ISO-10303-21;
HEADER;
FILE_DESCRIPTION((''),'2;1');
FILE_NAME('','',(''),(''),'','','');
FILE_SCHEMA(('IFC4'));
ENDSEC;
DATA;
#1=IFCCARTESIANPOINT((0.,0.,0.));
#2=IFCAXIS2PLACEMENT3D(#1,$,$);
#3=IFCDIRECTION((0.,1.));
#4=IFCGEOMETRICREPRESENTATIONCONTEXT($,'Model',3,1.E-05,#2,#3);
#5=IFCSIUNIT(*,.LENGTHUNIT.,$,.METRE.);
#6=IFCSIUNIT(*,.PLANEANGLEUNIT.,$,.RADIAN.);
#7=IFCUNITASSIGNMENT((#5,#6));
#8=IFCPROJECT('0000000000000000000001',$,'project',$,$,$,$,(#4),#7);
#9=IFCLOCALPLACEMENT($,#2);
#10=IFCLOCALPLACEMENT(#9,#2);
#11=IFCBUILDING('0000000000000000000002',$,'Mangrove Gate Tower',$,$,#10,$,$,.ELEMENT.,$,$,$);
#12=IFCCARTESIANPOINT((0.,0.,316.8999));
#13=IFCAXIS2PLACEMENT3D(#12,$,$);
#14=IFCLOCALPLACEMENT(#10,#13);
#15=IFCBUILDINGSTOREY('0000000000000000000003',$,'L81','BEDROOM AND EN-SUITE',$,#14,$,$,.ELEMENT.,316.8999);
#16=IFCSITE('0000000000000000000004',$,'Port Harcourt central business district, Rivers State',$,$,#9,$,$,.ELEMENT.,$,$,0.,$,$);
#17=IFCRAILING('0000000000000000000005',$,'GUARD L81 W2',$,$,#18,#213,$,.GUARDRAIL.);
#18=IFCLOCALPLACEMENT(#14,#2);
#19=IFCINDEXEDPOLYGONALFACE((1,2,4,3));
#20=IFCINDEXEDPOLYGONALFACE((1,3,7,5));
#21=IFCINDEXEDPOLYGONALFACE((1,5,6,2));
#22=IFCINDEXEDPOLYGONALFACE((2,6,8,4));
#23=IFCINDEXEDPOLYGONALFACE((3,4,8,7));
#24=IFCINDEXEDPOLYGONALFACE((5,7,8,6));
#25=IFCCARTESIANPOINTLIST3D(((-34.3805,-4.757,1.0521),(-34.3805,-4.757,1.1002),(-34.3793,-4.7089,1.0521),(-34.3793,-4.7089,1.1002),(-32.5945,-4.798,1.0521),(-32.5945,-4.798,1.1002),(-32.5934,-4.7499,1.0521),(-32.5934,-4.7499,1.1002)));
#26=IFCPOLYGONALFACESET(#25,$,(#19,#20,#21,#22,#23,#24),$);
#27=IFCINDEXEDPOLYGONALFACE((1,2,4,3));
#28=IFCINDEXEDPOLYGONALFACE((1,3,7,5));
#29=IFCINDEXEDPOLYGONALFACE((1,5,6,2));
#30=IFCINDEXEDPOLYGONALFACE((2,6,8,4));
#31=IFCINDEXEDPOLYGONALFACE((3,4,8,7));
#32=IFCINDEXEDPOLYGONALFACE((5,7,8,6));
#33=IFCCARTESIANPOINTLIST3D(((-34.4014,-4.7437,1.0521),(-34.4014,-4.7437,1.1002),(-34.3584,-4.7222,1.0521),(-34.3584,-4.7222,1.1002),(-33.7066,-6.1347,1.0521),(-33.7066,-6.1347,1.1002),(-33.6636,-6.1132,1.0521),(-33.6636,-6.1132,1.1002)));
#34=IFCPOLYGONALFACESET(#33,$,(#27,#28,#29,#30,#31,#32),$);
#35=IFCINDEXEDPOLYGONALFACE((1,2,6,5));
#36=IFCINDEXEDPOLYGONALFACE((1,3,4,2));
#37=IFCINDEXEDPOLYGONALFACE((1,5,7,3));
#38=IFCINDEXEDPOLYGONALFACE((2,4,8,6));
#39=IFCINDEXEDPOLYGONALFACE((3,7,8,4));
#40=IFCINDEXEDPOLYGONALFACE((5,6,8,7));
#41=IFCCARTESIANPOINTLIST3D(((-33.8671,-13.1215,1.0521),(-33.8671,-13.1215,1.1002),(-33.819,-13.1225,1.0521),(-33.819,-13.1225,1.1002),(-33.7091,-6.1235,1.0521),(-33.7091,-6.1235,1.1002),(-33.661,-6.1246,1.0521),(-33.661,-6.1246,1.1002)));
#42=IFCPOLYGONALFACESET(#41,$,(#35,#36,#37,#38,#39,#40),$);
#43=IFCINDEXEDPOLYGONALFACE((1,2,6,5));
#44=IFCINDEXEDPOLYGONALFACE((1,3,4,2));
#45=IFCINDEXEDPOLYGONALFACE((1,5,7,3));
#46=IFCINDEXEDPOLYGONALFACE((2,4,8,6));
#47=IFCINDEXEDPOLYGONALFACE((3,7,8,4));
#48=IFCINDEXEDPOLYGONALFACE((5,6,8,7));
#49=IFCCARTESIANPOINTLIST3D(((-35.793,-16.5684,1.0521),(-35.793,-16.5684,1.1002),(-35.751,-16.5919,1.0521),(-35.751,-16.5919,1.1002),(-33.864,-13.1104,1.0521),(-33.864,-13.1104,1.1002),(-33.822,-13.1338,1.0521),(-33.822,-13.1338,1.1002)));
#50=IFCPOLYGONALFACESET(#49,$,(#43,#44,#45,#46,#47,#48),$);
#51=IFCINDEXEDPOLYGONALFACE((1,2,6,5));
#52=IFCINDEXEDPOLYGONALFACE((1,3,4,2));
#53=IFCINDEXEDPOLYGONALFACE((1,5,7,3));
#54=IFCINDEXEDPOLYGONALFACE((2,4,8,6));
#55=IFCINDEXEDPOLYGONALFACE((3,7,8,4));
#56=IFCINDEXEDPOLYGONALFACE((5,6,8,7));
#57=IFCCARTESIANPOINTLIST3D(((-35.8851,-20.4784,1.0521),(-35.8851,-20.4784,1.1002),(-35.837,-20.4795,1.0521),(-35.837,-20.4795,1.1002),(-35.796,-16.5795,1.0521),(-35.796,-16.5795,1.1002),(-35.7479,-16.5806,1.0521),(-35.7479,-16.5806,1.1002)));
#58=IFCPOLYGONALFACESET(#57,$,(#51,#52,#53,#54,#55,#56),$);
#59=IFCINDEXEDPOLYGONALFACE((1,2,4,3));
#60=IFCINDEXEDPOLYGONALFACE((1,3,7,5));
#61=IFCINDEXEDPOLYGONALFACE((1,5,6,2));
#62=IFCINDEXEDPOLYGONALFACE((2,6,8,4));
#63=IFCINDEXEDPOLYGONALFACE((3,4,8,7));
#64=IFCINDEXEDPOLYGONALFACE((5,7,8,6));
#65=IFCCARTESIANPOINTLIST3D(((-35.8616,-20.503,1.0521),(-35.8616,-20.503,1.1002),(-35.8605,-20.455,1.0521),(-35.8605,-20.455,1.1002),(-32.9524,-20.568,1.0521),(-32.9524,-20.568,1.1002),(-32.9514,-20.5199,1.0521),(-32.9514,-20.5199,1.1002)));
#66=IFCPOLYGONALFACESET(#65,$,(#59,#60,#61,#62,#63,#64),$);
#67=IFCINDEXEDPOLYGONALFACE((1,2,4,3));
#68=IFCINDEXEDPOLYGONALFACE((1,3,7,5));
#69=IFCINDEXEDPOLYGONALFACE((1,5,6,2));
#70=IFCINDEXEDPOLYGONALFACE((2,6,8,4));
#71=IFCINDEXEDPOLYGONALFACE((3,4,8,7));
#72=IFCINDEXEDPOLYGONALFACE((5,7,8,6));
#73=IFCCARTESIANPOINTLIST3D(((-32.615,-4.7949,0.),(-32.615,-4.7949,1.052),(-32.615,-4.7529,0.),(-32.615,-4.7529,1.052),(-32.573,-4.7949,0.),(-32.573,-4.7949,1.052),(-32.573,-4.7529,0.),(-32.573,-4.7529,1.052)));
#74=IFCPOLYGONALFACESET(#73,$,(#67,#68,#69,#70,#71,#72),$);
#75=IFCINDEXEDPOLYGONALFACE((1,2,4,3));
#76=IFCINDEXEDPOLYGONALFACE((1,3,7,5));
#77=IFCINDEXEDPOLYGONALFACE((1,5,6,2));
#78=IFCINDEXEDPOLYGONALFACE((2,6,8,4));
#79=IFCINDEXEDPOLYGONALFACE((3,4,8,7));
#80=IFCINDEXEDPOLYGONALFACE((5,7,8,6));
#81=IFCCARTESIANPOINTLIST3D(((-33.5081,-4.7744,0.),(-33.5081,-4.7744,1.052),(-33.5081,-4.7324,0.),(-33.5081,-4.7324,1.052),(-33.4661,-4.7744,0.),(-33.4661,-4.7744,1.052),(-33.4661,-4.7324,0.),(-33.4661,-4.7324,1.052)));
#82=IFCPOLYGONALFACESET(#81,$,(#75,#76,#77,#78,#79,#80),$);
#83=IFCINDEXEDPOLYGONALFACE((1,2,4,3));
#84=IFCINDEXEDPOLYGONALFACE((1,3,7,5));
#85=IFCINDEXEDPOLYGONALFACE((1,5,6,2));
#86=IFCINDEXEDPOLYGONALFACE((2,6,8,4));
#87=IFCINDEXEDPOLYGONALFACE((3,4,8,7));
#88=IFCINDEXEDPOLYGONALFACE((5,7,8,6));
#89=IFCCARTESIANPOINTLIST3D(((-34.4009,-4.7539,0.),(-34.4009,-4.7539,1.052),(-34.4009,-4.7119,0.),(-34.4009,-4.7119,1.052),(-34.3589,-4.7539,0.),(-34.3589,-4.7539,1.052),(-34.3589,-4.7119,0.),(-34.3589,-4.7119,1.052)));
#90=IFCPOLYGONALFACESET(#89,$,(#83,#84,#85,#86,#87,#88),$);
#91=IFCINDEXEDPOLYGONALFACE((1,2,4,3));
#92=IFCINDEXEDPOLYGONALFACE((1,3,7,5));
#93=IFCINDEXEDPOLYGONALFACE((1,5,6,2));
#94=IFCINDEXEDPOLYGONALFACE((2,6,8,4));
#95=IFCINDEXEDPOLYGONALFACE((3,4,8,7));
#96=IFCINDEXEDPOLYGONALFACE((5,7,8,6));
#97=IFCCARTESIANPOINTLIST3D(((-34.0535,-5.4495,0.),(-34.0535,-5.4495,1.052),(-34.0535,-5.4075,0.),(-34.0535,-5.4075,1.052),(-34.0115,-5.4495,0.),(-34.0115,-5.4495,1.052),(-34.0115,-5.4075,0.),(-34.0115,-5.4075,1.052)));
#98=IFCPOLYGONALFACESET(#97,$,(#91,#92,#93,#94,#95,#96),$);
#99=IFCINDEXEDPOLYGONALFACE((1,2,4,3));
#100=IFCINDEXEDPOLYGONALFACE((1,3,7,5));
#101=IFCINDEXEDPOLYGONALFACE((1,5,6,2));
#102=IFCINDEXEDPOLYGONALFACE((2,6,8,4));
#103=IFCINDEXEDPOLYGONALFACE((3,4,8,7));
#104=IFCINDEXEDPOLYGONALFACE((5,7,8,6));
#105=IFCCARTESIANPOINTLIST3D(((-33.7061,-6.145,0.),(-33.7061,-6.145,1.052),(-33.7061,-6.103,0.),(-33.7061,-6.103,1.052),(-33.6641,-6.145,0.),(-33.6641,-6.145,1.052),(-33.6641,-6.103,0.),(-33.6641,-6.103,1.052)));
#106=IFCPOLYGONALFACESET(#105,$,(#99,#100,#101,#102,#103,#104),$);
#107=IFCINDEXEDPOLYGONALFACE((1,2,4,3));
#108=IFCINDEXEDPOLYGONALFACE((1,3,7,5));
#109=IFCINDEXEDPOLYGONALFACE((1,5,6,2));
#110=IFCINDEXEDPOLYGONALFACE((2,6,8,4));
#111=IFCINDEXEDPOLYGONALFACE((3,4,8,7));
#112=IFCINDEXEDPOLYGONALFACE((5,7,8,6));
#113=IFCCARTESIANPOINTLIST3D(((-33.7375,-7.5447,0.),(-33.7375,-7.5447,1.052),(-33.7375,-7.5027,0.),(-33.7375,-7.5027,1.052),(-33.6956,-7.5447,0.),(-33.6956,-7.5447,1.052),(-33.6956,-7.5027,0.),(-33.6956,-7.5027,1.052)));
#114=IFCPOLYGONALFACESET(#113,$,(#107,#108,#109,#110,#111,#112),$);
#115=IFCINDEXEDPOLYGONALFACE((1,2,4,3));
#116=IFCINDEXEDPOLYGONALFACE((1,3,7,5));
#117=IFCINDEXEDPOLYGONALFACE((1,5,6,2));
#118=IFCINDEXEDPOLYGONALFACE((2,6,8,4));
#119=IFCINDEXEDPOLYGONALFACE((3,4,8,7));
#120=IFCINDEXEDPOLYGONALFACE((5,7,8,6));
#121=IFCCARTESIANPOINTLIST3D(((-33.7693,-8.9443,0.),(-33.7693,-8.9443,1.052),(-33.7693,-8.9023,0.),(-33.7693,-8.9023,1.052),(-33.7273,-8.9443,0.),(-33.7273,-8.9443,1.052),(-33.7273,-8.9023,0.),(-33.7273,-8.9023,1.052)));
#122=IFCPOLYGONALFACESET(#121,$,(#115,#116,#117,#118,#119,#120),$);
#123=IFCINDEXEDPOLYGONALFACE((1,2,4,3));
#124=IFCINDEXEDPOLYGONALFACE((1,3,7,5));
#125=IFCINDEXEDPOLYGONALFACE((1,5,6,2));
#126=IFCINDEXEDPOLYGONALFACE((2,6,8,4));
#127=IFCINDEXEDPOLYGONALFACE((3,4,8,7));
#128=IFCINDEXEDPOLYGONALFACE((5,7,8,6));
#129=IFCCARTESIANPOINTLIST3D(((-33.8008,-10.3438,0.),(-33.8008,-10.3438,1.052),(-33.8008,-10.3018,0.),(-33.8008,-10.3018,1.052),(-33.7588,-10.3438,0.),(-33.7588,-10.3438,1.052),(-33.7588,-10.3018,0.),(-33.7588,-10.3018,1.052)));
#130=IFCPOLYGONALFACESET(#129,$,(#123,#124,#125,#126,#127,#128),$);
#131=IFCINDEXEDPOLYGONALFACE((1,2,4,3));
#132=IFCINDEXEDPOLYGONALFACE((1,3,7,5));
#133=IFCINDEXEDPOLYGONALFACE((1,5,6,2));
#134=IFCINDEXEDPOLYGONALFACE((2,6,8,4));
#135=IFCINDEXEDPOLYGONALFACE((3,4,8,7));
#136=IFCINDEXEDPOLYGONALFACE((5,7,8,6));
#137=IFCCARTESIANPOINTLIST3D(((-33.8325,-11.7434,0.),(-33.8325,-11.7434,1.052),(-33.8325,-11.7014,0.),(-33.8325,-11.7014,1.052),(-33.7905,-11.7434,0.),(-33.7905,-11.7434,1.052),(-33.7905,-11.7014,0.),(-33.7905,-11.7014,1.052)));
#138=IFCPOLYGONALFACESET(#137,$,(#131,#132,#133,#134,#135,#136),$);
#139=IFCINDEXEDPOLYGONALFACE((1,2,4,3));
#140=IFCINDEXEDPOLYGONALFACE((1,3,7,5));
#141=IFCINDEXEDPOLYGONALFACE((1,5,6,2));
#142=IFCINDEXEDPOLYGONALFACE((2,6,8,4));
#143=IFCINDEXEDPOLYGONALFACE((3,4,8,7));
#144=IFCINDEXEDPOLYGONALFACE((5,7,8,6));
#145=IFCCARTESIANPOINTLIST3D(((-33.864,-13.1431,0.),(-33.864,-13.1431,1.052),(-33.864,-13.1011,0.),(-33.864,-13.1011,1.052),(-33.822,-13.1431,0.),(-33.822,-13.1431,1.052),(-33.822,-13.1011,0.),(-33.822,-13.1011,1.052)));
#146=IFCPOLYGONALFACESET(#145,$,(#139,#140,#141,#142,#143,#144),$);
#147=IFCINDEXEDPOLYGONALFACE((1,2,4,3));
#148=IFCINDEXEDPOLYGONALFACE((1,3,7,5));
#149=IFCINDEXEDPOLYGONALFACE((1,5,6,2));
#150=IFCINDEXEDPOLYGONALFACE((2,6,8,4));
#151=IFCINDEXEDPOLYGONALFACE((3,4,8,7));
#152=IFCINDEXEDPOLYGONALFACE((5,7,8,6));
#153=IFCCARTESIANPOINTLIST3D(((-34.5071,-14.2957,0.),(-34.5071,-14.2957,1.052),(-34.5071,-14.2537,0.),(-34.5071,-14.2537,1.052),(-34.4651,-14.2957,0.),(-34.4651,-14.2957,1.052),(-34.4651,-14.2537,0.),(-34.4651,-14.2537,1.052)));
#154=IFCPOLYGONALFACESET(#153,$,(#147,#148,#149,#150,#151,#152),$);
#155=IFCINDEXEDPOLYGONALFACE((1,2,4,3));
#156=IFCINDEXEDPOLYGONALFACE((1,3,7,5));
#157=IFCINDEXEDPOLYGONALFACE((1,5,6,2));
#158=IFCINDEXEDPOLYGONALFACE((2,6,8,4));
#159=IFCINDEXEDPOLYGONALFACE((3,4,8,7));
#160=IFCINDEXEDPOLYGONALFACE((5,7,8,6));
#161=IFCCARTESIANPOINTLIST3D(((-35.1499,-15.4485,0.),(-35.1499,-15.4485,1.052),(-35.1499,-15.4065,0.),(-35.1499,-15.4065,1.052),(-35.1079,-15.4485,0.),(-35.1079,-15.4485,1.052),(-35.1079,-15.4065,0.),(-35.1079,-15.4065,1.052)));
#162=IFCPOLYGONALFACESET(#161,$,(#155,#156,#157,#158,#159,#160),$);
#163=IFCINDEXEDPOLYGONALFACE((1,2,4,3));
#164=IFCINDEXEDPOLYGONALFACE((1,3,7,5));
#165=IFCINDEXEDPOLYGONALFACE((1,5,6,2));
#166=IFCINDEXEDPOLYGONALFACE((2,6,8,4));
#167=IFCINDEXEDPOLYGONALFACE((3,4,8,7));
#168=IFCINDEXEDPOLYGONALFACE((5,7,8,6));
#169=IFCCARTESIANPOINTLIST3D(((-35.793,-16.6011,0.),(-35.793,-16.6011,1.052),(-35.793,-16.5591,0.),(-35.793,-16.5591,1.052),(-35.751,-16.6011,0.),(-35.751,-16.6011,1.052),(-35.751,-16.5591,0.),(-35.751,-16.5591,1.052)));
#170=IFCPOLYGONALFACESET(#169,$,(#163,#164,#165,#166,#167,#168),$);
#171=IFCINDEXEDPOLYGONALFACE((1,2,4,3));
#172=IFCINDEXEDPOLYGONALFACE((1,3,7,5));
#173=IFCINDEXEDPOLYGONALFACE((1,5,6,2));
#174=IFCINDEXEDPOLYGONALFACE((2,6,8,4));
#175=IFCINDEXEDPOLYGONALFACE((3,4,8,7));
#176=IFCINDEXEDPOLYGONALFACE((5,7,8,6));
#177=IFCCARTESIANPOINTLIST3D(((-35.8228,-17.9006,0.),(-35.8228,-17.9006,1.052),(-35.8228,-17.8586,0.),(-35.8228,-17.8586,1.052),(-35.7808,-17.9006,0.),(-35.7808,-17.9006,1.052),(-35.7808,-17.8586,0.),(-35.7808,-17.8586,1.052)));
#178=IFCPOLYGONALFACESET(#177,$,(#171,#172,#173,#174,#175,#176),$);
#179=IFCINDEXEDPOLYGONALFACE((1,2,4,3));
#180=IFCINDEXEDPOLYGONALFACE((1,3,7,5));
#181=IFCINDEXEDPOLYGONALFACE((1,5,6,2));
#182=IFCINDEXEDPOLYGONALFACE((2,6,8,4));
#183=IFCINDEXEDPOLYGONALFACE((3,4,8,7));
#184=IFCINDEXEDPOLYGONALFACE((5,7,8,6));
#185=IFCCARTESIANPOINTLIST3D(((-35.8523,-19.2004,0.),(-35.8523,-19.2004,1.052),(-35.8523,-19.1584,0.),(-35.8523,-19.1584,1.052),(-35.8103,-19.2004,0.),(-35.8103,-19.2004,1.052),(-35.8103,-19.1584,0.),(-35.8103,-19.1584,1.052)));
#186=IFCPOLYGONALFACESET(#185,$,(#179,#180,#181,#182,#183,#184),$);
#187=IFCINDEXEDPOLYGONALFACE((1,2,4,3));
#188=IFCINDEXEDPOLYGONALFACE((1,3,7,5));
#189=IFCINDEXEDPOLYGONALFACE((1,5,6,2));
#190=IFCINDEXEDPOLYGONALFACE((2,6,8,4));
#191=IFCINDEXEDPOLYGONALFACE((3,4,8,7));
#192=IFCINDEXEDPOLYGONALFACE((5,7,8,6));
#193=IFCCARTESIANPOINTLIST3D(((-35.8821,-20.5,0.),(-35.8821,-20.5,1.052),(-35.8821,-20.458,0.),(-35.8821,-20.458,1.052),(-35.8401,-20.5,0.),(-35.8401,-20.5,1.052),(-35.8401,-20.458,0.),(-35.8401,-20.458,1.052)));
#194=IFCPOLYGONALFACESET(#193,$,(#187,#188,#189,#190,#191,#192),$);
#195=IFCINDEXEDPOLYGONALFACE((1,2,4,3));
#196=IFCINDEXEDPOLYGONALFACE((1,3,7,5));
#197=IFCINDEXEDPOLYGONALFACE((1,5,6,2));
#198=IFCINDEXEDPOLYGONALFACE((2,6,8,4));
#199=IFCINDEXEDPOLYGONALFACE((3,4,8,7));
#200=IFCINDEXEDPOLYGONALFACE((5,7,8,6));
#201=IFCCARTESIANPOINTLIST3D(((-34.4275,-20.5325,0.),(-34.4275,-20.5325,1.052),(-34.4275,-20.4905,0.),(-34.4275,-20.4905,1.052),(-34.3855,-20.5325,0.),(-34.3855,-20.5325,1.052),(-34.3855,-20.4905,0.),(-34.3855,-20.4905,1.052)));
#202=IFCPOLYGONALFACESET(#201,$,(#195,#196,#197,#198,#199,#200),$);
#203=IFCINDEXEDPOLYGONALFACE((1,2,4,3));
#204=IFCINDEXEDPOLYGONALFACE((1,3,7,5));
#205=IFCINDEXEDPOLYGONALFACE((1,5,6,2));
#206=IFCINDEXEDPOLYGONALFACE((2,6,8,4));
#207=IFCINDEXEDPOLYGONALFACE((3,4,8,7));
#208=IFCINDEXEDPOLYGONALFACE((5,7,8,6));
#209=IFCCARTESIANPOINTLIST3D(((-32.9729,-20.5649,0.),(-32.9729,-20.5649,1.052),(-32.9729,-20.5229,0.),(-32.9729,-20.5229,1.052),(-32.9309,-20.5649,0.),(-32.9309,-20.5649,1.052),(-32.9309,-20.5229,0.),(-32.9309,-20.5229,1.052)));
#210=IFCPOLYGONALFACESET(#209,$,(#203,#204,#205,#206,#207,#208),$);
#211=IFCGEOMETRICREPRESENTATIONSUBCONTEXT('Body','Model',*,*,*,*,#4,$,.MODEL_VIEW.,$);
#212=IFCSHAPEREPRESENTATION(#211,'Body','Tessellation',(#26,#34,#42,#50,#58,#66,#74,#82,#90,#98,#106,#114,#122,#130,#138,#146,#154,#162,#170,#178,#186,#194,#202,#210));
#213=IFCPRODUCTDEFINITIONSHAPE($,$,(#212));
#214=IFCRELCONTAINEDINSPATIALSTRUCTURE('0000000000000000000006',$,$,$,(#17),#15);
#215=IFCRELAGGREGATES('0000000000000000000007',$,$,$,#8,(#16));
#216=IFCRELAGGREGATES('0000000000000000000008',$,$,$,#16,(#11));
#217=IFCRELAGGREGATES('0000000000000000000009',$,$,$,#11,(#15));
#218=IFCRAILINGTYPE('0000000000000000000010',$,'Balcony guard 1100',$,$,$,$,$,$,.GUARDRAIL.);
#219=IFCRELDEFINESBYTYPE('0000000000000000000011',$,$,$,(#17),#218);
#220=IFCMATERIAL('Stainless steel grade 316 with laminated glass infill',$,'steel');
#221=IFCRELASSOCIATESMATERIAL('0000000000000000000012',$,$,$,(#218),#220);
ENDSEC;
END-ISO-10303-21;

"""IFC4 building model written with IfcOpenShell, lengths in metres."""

from ifc_helpers import new_model, si_unit, direction, frame, origin, origin_2d, place, context, subcontext, project, spatial, rectangle, extrude, material, type_object, element, save


model = new_model("IFC4")

# Units and contexts
model_context = context("Model", 3, precision=1e-05, world=origin(), true_north=direction((0.0, 1.0)))
body_context = subcontext(model_context, "Body", "Model", "MODEL_VIEW")
ifc_project = project(units=[si_unit("LENGTHUNIT", "METRE"), si_unit("PLANEANGLEUNIT", "RADIAN")], contexts=[model_context])

# Site, building, storey
site_placement = place(None, origin())
site = spatial("IfcSite", under=ifc_project, at=site_placement, Name="Port Harcourt central business district, Rivers State", CompositionType="ELEMENT", RefElevation=0.0)
building_placement = place(site_placement, origin())
building = spatial("IfcBuilding", under=site, at=building_placement, Name="Mangrove Gate Tower", CompositionType="ELEMENT")
storey_placement = place(building_placement, frame((0.0, 0.0, 316.8999)))
storey = spatial("IfcBuildingStorey", under=building, at=storey_placement, Name="L81", Description="BEDROOM AND EN-SUITE", CompositionType="ELEMENT", Elevation=316.8999)

# Railing
ifc_material_1 = material(Name="Stainless steel grade 316 with laminated glass infill", Category="steel")
railing_type = type_object("IfcRailingType", Name="Balcony guard 1100", PredefinedType="GUARDRAIL", material=ifc_material_1)
railing_placement = place(storey_placement, frame((-32.594, -4.7739, 0.0)))
element("IfcRailing", 1, at=railing_placement, inside=storey, type_object=railing_type, Name="GUARD L81 W2", PredefinedType="GUARDRAIL", context=body_context, shape_type="SweptSolid", body=[
    extrude(rectangle(XDim=0.0481, YDim=0.0481, at=origin_2d()), frame((0.0, 0.0, 1.0762), z_axis=(-0.999736, 0.02296, 0.0), x_axis=(-0.02296, -0.999736, 0.0)), (0.0, 0.0, 1.0), 1.7864),
    extrude(rectangle(XDim=0.0481, YDim=0.0481, at=origin_2d()), frame((-1.7859, 0.041, 1.0762), z_axis=(0.446837, -0.894616, 0.0), x_axis=(0.894616, 0.446837, 0.0)), (0.0, 0.0, 1.0), 1.5549),
    extrude(rectangle(XDim=0.0481, YDim=0.0481, at=origin_2d()), frame((-1.0911, -1.3501, 1.0762), z_axis=(-0.022566, -0.999745, 0.0), x_axis=(0.999745, -0.022566, 0.0)), (0.0, 0.0, 1.0), 6.9998),
    extrude(rectangle(XDim=0.0481, YDim=0.0481, at=origin_2d()), frame((-1.249, -8.3481, 1.0762), z_axis=(-0.487155, -0.873315, 0.0), x_axis=(0.873315, -0.487155, 0.0)), (0.0, 0.0, 1.0), 3.9597),
    extrude(rectangle(XDim=0.0481, YDim=0.0481, at=origin_2d()), frame((-3.178, -11.8062, 1.0762), z_axis=(-0.022849, -0.999739, 0.0), x_axis=(0.999739, -0.022849, 0.0)), (0.0, 0.0, 1.0), 3.8999),
    extrude(rectangle(XDim=0.0481, YDim=0.0481, at=origin_2d()), frame((-3.2671, -15.7051, 1.0762), z_axis=(0.999751, -0.022317, 0.0), x_axis=(0.022317, 0.999751, 0.0)), (0.0, 0.0, 1.0), 2.9099),
    extrude(rectangle(XDim=0.042, YDim=0.042, at=origin_2d()), origin(), (0.0, 0.0, 1.0), 1.052),
    extrude(rectangle(XDim=0.042, YDim=0.042, at=origin_2d()), frame((-0.8931, 0.0205, 0.0)), (0.0, 0.0, 1.0), 1.052),
    extrude(rectangle(XDim=0.042, YDim=0.042, at=origin_2d()), frame((-1.7859, 0.041, 0.0)), (0.0, 0.0, 1.0), 1.052),
    extrude(rectangle(XDim=0.042, YDim=0.042, at=origin_2d()), frame((-1.4385, -0.6545, 0.0)), (0.0, 0.0, 1.0), 1.052),
    extrude(rectangle(XDim=0.042, YDim=0.042, at=origin_2d()), frame((-1.0911, -1.3501, 0.0)), (0.0, 0.0, 1.0), 1.052),
    extrude(rectangle(XDim=0.042, YDim=0.042, at=origin_2d()), frame((-1.1226, -2.7498, 0.0)), (0.0, 0.0, 1.0), 1.052),
    extrude(rectangle(XDim=0.042, YDim=0.042, at=origin_2d()), frame((-1.1543, -4.1494, 0.0)), (0.0, 0.0, 1.0), 1.052),
    extrude(rectangle(XDim=0.042, YDim=0.042, at=origin_2d()), frame((-1.1858, -5.5488, 0.0)), (0.0, 0.0, 1.0), 1.052),
    extrude(rectangle(XDim=0.042, YDim=0.042, at=origin_2d()), frame((-1.2175, -6.9485, 0.0)), (0.0, 0.0, 1.0), 1.052),
    extrude(rectangle(XDim=0.042, YDim=0.042, at=origin_2d()), frame((-1.249, -8.3481, 0.0)), (0.0, 0.0, 1.0), 1.052),
    extrude(rectangle(XDim=0.042, YDim=0.042, at=origin_2d()), frame((-1.8921, -9.5007, 0.0)), (0.0, 0.0, 1.0), 1.052),
    extrude(rectangle(XDim=0.042, YDim=0.042, at=origin_2d()), frame((-2.5349, -10.6536, 0.0)), (0.0, 0.0, 1.0), 1.052),
    extrude(rectangle(XDim=0.042, YDim=0.042, at=origin_2d()), frame((-3.178, -11.8062, 0.0)), (0.0, 0.0, 1.0), 1.052),
    extrude(rectangle(XDim=0.042, YDim=0.042, at=origin_2d()), frame((-3.2078, -13.1057, 0.0)), (0.0, 0.0, 1.0), 1.052),
    extrude(rectangle(XDim=0.042, YDim=0.042, at=origin_2d()), frame((-3.2373, -14.4055, 0.0)), (0.0, 0.0, 1.0), 1.052),
    extrude(rectangle(XDim=0.042, YDim=0.042, at=origin_2d()), frame((-3.2671, -15.7051, 0.0)), (0.0, 0.0, 1.0), 1.052),
    extrude(rectangle(XDim=0.042, YDim=0.042, at=origin_2d()), frame((-1.8125, -15.7375, 0.0)), (0.0, 0.0, 1.0), 1.052),
    extrude(rectangle(XDim=0.042, YDim=0.042, at=origin_2d()), frame((-0.3579, -15.77, 0.0)), (0.0, 0.0, 1.0), 1.052),
])

save(model, "model.ifc")
